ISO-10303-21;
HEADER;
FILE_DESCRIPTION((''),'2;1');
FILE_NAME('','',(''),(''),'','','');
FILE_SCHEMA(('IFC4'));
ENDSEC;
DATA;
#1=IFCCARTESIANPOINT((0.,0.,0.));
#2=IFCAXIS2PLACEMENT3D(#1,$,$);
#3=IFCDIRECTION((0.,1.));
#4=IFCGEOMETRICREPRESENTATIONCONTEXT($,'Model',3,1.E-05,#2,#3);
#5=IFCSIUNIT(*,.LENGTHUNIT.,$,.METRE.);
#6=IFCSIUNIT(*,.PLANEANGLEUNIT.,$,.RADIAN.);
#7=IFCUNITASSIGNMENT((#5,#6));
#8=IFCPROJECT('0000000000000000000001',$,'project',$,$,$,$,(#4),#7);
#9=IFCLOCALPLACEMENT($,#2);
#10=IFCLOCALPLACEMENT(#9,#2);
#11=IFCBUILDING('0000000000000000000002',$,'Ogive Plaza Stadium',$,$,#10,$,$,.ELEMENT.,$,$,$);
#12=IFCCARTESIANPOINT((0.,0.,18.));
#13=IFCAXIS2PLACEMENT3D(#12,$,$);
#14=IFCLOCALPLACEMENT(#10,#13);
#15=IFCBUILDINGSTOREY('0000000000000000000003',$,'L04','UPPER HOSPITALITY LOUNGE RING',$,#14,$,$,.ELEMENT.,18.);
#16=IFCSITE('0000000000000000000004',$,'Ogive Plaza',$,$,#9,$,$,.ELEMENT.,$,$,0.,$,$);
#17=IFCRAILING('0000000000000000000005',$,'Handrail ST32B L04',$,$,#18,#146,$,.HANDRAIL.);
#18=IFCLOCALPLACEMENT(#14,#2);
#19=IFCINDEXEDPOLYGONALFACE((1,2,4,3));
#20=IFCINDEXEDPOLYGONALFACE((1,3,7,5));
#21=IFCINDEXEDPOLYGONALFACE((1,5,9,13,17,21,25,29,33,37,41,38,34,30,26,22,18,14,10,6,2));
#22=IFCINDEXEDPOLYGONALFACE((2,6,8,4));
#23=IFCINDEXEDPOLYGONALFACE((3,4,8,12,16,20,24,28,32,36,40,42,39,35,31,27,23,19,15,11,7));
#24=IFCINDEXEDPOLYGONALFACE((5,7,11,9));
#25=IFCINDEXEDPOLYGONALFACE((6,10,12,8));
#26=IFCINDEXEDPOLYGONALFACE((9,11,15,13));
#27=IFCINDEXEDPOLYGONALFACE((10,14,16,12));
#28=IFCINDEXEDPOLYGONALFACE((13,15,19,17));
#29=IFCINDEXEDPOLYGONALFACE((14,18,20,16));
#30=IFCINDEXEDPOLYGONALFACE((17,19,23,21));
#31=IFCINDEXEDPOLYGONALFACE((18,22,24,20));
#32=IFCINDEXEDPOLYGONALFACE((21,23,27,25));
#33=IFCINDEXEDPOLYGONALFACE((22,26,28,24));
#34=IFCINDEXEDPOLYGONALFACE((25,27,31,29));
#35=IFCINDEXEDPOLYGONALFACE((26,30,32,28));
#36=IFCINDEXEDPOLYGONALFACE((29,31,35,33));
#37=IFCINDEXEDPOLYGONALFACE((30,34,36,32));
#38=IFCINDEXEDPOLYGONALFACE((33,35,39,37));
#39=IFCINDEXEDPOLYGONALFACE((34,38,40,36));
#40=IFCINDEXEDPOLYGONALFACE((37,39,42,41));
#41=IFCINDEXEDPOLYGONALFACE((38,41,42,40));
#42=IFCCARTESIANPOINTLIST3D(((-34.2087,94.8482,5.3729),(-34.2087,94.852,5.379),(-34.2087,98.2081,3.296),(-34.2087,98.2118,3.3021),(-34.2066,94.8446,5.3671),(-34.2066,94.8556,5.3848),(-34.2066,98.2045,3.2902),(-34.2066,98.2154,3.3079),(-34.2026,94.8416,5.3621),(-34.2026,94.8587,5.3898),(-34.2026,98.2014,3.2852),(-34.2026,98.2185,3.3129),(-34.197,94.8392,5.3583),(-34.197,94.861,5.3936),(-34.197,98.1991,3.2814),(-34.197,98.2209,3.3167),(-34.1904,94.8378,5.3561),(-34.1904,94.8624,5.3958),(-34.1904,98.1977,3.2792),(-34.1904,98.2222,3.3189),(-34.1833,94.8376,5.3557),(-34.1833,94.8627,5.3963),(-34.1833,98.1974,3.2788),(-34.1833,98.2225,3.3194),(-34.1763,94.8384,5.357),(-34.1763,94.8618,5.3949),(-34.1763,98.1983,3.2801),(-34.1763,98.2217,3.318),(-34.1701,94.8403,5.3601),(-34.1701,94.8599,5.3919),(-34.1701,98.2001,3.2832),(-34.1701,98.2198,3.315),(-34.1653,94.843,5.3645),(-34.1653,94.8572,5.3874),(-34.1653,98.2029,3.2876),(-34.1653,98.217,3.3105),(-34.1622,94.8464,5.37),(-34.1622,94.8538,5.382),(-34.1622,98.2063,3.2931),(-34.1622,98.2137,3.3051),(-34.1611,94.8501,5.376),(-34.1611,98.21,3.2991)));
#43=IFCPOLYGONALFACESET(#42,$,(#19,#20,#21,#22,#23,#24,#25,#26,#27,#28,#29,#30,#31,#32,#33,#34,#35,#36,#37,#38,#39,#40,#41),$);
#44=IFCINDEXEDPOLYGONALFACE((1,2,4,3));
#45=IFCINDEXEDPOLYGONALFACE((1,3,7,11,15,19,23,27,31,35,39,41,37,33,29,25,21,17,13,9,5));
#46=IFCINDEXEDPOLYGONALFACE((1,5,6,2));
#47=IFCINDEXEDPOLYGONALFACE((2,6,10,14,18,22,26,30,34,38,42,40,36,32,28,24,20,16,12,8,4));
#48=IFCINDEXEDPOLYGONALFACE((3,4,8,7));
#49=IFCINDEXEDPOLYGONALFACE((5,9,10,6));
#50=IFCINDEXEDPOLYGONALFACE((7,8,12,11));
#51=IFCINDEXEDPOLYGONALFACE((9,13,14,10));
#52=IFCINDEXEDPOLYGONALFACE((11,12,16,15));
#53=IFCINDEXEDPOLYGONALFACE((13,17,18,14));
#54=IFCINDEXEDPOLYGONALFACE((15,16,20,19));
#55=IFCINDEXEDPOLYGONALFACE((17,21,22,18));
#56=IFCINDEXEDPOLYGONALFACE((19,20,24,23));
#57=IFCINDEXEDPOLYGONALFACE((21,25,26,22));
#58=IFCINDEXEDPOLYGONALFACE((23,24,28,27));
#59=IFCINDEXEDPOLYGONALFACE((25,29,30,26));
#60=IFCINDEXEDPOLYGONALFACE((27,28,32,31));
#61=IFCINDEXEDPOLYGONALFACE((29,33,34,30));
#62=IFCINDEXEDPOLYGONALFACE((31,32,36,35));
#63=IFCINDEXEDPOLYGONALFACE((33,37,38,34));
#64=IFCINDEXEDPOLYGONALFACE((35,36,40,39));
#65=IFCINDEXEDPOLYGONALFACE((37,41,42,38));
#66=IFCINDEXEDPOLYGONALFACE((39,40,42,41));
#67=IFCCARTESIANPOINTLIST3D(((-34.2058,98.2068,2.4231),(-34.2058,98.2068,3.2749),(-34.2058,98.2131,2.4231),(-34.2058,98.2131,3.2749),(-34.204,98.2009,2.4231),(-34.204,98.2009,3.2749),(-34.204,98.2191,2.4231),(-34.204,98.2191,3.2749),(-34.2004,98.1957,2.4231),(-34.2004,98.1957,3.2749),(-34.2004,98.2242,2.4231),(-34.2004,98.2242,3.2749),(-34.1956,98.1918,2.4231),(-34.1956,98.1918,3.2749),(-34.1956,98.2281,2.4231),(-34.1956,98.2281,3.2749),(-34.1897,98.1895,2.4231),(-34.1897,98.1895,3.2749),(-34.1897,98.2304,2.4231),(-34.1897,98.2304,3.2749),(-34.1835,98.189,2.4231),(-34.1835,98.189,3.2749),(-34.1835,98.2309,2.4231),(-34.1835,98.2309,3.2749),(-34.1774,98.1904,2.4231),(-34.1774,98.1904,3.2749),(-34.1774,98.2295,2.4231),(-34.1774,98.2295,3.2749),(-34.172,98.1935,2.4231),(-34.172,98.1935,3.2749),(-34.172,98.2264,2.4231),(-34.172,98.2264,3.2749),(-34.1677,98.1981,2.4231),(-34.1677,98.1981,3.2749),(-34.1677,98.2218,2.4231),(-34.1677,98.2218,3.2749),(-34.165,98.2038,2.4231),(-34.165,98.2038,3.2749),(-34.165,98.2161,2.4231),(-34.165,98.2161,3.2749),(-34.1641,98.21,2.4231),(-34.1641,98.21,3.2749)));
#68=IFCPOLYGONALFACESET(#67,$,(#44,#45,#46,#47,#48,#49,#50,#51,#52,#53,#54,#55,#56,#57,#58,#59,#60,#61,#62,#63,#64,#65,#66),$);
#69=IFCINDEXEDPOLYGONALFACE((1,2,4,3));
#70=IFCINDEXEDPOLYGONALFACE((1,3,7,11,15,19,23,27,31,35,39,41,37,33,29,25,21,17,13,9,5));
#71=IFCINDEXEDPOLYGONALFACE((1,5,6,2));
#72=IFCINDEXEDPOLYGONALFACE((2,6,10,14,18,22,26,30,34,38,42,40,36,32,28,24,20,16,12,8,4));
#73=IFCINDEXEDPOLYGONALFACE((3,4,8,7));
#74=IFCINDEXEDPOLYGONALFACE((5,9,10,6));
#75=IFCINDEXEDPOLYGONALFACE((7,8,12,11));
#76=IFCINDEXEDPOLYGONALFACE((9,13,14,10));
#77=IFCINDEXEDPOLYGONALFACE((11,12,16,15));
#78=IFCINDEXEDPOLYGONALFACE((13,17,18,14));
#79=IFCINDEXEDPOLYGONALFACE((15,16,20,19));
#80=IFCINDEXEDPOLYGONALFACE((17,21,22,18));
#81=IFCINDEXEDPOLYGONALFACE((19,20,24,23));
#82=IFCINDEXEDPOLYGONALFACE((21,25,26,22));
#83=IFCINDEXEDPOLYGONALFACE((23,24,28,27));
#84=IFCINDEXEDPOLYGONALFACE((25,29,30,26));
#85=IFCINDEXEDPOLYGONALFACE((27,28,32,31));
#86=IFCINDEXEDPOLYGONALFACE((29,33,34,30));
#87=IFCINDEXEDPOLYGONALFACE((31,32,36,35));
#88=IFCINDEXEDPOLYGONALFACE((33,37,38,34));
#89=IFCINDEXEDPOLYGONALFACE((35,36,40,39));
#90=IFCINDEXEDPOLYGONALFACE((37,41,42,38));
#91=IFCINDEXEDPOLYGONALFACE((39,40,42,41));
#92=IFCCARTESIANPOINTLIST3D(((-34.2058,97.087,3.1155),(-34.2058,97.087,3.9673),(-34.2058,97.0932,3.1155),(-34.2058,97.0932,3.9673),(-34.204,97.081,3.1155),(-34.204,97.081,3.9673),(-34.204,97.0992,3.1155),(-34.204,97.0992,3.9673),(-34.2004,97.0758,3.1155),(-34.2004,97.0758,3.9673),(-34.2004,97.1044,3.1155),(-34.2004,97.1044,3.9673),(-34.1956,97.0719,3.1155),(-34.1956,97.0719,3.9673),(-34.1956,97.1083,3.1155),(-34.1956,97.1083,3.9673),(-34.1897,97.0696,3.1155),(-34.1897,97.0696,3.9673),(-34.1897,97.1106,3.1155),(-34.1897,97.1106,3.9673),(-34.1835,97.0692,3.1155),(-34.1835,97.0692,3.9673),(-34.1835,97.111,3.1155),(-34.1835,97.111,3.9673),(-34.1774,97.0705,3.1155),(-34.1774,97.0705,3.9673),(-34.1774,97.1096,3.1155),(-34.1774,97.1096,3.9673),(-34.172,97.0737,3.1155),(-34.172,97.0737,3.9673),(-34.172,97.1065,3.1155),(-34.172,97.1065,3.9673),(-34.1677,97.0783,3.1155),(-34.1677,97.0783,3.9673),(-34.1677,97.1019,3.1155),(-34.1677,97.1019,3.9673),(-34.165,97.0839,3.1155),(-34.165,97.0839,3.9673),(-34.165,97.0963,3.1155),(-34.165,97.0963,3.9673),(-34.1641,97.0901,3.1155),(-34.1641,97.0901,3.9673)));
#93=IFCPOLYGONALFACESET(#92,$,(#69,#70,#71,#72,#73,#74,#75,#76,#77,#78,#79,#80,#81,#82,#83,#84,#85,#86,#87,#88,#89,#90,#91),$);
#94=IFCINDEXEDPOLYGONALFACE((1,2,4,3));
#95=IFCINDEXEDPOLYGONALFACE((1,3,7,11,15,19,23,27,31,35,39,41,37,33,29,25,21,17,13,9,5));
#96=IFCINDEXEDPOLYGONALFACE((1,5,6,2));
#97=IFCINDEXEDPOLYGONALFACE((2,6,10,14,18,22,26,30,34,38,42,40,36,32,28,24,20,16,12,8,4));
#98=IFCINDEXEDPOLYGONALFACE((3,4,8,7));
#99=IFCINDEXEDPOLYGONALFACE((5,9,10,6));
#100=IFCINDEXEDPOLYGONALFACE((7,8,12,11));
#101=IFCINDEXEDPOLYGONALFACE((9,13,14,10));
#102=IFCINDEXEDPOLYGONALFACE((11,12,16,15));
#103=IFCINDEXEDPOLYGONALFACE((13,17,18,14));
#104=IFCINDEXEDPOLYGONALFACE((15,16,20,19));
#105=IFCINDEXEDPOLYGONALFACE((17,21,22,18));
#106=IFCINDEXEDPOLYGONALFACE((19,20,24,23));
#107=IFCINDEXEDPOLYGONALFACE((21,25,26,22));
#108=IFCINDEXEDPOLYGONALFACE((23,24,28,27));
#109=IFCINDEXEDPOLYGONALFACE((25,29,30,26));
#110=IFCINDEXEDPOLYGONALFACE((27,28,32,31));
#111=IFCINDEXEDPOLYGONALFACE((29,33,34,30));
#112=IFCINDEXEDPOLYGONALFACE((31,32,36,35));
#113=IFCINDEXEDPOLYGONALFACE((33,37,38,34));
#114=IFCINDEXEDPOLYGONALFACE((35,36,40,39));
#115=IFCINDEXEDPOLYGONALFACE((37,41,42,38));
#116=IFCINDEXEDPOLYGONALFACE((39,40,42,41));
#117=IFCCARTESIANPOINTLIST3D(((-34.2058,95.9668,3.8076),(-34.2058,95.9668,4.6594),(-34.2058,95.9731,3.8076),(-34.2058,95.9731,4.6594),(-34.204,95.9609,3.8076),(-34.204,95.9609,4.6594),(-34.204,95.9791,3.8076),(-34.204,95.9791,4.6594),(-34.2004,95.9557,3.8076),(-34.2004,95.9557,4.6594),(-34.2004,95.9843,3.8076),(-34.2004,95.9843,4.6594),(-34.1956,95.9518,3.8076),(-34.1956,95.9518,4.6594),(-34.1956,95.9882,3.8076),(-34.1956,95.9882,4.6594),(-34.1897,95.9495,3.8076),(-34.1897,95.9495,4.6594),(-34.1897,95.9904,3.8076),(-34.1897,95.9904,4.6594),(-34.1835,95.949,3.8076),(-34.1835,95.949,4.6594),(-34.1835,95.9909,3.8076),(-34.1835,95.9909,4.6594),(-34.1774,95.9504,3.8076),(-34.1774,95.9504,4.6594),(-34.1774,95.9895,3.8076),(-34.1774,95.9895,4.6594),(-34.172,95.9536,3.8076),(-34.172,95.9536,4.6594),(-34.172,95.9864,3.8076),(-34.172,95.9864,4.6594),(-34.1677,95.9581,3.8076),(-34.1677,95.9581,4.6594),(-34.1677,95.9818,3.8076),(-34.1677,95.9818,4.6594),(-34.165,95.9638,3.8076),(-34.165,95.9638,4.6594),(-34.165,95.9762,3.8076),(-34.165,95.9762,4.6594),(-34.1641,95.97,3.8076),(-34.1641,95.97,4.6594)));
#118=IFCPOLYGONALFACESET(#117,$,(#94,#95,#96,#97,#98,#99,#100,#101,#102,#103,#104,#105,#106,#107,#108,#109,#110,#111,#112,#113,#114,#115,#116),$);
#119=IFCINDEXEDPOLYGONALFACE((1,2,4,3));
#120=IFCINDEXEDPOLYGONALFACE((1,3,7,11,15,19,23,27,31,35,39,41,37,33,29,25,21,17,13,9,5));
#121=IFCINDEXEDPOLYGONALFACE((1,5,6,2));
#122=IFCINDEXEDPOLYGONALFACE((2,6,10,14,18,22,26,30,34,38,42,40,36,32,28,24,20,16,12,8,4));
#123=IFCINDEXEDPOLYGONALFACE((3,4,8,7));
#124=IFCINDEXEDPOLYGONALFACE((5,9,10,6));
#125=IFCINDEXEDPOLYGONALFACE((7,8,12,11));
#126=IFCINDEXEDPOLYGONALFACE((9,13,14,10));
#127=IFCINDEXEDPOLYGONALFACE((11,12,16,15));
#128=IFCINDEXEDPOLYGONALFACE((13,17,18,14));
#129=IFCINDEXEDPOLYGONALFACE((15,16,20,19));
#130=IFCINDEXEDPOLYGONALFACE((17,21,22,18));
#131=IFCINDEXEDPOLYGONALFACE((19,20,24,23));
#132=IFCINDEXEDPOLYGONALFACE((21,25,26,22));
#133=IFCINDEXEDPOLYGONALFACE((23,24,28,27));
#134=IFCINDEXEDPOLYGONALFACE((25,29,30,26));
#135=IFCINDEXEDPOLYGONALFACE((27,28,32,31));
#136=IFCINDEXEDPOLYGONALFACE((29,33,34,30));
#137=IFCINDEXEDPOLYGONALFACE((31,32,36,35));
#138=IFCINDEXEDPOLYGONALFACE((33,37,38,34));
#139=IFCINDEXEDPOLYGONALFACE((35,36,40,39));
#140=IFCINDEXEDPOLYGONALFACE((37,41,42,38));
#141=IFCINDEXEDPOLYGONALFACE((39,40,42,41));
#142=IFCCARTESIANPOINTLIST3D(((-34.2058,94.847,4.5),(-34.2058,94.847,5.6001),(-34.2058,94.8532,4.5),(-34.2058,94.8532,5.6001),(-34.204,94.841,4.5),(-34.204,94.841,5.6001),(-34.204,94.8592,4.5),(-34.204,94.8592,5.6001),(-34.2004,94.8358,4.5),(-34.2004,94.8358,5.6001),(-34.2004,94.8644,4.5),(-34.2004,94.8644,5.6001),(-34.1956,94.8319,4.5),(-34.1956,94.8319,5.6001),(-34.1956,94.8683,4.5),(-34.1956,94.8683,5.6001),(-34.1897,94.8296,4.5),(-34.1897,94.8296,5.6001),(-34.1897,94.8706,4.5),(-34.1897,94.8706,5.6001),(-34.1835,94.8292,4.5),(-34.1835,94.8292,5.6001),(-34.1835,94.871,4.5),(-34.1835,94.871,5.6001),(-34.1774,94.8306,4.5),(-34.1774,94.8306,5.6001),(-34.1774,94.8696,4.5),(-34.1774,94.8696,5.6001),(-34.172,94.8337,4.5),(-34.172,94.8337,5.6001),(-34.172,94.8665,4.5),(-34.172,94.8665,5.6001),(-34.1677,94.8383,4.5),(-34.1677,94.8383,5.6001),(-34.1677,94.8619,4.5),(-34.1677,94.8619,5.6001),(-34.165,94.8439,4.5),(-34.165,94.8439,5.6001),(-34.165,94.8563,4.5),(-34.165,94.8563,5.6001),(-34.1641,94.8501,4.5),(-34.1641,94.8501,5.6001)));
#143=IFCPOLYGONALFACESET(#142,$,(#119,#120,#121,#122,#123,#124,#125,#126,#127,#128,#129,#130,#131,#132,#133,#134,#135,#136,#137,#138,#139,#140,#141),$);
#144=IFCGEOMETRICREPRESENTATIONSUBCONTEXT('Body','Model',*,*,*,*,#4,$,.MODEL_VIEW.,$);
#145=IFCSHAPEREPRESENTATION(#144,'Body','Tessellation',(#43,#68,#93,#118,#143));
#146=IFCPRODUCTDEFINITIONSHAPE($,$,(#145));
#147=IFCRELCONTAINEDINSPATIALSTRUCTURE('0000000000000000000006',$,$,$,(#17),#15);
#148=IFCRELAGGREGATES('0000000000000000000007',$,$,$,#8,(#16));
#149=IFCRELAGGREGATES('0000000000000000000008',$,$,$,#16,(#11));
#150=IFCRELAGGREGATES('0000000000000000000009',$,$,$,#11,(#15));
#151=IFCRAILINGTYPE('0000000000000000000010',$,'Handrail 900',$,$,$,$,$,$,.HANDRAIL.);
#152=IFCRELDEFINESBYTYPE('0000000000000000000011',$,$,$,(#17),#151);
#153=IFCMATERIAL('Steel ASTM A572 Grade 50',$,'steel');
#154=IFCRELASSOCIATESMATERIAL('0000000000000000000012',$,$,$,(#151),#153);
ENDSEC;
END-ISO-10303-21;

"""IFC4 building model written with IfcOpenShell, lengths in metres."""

from ifc_helpers import new_model, si_unit, direction, frame, origin, origin_2d, place, context, subcontext, project, spatial, circle, extrude, material, type_object, element, save


model = new_model("IFC4")

# Units and contexts
model_context = context("Model", 3, precision=1e-05, world=origin(), true_north=direction((0.0, 1.0)))
body_context = subcontext(model_context, "Body", "Model", "MODEL_VIEW")
ifc_project = project(units=[si_unit("LENGTHUNIT", "METRE"), si_unit("PLANEANGLEUNIT", "RADIAN")], contexts=[model_context])

# Site, building, storey
site_placement = place(None, origin())
site = spatial("IfcSite", under=ifc_project, at=site_placement, Name="Ogive Plaza", CompositionType="ELEMENT", RefElevation=0.0)
building_placement = place(site_placement, origin())
building = spatial("IfcBuilding", under=site, at=building_placement, Name="Ogive Plaza Stadium", CompositionType="ELEMENT")
storey_placement = place(building_placement, frame((0.0, 0.0, 18.0)))
storey = spatial("IfcBuildingStorey", under=building, at=storey_placement, Name="L04", Description="UPPER HOSPITALITY LOUNGE RING", CompositionType="ELEMENT", Elevation=18.0)

# Railing
ifc_material_1 = material(Name="Steel ASTM A572 Grade 50", Category="steel")
railing_type_1 = type_object("IfcRailingType", Name="Handrail 900", PredefinedType="HANDRAIL", material=ifc_material_1)
for number, where, name in (
    (1, (-34.1851, 98.21, 2.4231), "Handrail ST32B L04"),
):
    element("IfcRailing", number, at=place(storey_placement, frame(where)), inside=storey, type_object=railing_type_1, Name=name, PredefinedType="HANDRAIL", context=body_context, shape_type="SweptSolid", body=[
        extrude(circle(Radius=0.0239, at=origin_2d()), frame((0.0, 0.0, 0.876), z_axis=(0.0, -0.850606, 0.525803), x_axis=(1.0, 0.0, 0.0)), (0.0, 0.0, 1.0), 3.95),
        extrude(circle(Radius=0.021, at=origin_2d()), origin(), (0.0, 0.0, 1.0), 0.8518),
        extrude(circle(Radius=0.021, at=origin_2d()), frame((0.0, -1.1199, 0.6924)), (0.0, 0.0, 1.0), 0.8518),
        extrude(circle(Radius=0.021, at=origin_2d()), frame((0.0, -2.24, 1.3845)), (0.0, 0.0, 1.0), 0.8518),
        extrude(circle(Radius=0.021, at=origin_2d()), frame((0.0, -3.3599, 2.0769)), (0.0, 0.0, 1.0), 1.1001),
    ])

save(model, "model.ifc")
